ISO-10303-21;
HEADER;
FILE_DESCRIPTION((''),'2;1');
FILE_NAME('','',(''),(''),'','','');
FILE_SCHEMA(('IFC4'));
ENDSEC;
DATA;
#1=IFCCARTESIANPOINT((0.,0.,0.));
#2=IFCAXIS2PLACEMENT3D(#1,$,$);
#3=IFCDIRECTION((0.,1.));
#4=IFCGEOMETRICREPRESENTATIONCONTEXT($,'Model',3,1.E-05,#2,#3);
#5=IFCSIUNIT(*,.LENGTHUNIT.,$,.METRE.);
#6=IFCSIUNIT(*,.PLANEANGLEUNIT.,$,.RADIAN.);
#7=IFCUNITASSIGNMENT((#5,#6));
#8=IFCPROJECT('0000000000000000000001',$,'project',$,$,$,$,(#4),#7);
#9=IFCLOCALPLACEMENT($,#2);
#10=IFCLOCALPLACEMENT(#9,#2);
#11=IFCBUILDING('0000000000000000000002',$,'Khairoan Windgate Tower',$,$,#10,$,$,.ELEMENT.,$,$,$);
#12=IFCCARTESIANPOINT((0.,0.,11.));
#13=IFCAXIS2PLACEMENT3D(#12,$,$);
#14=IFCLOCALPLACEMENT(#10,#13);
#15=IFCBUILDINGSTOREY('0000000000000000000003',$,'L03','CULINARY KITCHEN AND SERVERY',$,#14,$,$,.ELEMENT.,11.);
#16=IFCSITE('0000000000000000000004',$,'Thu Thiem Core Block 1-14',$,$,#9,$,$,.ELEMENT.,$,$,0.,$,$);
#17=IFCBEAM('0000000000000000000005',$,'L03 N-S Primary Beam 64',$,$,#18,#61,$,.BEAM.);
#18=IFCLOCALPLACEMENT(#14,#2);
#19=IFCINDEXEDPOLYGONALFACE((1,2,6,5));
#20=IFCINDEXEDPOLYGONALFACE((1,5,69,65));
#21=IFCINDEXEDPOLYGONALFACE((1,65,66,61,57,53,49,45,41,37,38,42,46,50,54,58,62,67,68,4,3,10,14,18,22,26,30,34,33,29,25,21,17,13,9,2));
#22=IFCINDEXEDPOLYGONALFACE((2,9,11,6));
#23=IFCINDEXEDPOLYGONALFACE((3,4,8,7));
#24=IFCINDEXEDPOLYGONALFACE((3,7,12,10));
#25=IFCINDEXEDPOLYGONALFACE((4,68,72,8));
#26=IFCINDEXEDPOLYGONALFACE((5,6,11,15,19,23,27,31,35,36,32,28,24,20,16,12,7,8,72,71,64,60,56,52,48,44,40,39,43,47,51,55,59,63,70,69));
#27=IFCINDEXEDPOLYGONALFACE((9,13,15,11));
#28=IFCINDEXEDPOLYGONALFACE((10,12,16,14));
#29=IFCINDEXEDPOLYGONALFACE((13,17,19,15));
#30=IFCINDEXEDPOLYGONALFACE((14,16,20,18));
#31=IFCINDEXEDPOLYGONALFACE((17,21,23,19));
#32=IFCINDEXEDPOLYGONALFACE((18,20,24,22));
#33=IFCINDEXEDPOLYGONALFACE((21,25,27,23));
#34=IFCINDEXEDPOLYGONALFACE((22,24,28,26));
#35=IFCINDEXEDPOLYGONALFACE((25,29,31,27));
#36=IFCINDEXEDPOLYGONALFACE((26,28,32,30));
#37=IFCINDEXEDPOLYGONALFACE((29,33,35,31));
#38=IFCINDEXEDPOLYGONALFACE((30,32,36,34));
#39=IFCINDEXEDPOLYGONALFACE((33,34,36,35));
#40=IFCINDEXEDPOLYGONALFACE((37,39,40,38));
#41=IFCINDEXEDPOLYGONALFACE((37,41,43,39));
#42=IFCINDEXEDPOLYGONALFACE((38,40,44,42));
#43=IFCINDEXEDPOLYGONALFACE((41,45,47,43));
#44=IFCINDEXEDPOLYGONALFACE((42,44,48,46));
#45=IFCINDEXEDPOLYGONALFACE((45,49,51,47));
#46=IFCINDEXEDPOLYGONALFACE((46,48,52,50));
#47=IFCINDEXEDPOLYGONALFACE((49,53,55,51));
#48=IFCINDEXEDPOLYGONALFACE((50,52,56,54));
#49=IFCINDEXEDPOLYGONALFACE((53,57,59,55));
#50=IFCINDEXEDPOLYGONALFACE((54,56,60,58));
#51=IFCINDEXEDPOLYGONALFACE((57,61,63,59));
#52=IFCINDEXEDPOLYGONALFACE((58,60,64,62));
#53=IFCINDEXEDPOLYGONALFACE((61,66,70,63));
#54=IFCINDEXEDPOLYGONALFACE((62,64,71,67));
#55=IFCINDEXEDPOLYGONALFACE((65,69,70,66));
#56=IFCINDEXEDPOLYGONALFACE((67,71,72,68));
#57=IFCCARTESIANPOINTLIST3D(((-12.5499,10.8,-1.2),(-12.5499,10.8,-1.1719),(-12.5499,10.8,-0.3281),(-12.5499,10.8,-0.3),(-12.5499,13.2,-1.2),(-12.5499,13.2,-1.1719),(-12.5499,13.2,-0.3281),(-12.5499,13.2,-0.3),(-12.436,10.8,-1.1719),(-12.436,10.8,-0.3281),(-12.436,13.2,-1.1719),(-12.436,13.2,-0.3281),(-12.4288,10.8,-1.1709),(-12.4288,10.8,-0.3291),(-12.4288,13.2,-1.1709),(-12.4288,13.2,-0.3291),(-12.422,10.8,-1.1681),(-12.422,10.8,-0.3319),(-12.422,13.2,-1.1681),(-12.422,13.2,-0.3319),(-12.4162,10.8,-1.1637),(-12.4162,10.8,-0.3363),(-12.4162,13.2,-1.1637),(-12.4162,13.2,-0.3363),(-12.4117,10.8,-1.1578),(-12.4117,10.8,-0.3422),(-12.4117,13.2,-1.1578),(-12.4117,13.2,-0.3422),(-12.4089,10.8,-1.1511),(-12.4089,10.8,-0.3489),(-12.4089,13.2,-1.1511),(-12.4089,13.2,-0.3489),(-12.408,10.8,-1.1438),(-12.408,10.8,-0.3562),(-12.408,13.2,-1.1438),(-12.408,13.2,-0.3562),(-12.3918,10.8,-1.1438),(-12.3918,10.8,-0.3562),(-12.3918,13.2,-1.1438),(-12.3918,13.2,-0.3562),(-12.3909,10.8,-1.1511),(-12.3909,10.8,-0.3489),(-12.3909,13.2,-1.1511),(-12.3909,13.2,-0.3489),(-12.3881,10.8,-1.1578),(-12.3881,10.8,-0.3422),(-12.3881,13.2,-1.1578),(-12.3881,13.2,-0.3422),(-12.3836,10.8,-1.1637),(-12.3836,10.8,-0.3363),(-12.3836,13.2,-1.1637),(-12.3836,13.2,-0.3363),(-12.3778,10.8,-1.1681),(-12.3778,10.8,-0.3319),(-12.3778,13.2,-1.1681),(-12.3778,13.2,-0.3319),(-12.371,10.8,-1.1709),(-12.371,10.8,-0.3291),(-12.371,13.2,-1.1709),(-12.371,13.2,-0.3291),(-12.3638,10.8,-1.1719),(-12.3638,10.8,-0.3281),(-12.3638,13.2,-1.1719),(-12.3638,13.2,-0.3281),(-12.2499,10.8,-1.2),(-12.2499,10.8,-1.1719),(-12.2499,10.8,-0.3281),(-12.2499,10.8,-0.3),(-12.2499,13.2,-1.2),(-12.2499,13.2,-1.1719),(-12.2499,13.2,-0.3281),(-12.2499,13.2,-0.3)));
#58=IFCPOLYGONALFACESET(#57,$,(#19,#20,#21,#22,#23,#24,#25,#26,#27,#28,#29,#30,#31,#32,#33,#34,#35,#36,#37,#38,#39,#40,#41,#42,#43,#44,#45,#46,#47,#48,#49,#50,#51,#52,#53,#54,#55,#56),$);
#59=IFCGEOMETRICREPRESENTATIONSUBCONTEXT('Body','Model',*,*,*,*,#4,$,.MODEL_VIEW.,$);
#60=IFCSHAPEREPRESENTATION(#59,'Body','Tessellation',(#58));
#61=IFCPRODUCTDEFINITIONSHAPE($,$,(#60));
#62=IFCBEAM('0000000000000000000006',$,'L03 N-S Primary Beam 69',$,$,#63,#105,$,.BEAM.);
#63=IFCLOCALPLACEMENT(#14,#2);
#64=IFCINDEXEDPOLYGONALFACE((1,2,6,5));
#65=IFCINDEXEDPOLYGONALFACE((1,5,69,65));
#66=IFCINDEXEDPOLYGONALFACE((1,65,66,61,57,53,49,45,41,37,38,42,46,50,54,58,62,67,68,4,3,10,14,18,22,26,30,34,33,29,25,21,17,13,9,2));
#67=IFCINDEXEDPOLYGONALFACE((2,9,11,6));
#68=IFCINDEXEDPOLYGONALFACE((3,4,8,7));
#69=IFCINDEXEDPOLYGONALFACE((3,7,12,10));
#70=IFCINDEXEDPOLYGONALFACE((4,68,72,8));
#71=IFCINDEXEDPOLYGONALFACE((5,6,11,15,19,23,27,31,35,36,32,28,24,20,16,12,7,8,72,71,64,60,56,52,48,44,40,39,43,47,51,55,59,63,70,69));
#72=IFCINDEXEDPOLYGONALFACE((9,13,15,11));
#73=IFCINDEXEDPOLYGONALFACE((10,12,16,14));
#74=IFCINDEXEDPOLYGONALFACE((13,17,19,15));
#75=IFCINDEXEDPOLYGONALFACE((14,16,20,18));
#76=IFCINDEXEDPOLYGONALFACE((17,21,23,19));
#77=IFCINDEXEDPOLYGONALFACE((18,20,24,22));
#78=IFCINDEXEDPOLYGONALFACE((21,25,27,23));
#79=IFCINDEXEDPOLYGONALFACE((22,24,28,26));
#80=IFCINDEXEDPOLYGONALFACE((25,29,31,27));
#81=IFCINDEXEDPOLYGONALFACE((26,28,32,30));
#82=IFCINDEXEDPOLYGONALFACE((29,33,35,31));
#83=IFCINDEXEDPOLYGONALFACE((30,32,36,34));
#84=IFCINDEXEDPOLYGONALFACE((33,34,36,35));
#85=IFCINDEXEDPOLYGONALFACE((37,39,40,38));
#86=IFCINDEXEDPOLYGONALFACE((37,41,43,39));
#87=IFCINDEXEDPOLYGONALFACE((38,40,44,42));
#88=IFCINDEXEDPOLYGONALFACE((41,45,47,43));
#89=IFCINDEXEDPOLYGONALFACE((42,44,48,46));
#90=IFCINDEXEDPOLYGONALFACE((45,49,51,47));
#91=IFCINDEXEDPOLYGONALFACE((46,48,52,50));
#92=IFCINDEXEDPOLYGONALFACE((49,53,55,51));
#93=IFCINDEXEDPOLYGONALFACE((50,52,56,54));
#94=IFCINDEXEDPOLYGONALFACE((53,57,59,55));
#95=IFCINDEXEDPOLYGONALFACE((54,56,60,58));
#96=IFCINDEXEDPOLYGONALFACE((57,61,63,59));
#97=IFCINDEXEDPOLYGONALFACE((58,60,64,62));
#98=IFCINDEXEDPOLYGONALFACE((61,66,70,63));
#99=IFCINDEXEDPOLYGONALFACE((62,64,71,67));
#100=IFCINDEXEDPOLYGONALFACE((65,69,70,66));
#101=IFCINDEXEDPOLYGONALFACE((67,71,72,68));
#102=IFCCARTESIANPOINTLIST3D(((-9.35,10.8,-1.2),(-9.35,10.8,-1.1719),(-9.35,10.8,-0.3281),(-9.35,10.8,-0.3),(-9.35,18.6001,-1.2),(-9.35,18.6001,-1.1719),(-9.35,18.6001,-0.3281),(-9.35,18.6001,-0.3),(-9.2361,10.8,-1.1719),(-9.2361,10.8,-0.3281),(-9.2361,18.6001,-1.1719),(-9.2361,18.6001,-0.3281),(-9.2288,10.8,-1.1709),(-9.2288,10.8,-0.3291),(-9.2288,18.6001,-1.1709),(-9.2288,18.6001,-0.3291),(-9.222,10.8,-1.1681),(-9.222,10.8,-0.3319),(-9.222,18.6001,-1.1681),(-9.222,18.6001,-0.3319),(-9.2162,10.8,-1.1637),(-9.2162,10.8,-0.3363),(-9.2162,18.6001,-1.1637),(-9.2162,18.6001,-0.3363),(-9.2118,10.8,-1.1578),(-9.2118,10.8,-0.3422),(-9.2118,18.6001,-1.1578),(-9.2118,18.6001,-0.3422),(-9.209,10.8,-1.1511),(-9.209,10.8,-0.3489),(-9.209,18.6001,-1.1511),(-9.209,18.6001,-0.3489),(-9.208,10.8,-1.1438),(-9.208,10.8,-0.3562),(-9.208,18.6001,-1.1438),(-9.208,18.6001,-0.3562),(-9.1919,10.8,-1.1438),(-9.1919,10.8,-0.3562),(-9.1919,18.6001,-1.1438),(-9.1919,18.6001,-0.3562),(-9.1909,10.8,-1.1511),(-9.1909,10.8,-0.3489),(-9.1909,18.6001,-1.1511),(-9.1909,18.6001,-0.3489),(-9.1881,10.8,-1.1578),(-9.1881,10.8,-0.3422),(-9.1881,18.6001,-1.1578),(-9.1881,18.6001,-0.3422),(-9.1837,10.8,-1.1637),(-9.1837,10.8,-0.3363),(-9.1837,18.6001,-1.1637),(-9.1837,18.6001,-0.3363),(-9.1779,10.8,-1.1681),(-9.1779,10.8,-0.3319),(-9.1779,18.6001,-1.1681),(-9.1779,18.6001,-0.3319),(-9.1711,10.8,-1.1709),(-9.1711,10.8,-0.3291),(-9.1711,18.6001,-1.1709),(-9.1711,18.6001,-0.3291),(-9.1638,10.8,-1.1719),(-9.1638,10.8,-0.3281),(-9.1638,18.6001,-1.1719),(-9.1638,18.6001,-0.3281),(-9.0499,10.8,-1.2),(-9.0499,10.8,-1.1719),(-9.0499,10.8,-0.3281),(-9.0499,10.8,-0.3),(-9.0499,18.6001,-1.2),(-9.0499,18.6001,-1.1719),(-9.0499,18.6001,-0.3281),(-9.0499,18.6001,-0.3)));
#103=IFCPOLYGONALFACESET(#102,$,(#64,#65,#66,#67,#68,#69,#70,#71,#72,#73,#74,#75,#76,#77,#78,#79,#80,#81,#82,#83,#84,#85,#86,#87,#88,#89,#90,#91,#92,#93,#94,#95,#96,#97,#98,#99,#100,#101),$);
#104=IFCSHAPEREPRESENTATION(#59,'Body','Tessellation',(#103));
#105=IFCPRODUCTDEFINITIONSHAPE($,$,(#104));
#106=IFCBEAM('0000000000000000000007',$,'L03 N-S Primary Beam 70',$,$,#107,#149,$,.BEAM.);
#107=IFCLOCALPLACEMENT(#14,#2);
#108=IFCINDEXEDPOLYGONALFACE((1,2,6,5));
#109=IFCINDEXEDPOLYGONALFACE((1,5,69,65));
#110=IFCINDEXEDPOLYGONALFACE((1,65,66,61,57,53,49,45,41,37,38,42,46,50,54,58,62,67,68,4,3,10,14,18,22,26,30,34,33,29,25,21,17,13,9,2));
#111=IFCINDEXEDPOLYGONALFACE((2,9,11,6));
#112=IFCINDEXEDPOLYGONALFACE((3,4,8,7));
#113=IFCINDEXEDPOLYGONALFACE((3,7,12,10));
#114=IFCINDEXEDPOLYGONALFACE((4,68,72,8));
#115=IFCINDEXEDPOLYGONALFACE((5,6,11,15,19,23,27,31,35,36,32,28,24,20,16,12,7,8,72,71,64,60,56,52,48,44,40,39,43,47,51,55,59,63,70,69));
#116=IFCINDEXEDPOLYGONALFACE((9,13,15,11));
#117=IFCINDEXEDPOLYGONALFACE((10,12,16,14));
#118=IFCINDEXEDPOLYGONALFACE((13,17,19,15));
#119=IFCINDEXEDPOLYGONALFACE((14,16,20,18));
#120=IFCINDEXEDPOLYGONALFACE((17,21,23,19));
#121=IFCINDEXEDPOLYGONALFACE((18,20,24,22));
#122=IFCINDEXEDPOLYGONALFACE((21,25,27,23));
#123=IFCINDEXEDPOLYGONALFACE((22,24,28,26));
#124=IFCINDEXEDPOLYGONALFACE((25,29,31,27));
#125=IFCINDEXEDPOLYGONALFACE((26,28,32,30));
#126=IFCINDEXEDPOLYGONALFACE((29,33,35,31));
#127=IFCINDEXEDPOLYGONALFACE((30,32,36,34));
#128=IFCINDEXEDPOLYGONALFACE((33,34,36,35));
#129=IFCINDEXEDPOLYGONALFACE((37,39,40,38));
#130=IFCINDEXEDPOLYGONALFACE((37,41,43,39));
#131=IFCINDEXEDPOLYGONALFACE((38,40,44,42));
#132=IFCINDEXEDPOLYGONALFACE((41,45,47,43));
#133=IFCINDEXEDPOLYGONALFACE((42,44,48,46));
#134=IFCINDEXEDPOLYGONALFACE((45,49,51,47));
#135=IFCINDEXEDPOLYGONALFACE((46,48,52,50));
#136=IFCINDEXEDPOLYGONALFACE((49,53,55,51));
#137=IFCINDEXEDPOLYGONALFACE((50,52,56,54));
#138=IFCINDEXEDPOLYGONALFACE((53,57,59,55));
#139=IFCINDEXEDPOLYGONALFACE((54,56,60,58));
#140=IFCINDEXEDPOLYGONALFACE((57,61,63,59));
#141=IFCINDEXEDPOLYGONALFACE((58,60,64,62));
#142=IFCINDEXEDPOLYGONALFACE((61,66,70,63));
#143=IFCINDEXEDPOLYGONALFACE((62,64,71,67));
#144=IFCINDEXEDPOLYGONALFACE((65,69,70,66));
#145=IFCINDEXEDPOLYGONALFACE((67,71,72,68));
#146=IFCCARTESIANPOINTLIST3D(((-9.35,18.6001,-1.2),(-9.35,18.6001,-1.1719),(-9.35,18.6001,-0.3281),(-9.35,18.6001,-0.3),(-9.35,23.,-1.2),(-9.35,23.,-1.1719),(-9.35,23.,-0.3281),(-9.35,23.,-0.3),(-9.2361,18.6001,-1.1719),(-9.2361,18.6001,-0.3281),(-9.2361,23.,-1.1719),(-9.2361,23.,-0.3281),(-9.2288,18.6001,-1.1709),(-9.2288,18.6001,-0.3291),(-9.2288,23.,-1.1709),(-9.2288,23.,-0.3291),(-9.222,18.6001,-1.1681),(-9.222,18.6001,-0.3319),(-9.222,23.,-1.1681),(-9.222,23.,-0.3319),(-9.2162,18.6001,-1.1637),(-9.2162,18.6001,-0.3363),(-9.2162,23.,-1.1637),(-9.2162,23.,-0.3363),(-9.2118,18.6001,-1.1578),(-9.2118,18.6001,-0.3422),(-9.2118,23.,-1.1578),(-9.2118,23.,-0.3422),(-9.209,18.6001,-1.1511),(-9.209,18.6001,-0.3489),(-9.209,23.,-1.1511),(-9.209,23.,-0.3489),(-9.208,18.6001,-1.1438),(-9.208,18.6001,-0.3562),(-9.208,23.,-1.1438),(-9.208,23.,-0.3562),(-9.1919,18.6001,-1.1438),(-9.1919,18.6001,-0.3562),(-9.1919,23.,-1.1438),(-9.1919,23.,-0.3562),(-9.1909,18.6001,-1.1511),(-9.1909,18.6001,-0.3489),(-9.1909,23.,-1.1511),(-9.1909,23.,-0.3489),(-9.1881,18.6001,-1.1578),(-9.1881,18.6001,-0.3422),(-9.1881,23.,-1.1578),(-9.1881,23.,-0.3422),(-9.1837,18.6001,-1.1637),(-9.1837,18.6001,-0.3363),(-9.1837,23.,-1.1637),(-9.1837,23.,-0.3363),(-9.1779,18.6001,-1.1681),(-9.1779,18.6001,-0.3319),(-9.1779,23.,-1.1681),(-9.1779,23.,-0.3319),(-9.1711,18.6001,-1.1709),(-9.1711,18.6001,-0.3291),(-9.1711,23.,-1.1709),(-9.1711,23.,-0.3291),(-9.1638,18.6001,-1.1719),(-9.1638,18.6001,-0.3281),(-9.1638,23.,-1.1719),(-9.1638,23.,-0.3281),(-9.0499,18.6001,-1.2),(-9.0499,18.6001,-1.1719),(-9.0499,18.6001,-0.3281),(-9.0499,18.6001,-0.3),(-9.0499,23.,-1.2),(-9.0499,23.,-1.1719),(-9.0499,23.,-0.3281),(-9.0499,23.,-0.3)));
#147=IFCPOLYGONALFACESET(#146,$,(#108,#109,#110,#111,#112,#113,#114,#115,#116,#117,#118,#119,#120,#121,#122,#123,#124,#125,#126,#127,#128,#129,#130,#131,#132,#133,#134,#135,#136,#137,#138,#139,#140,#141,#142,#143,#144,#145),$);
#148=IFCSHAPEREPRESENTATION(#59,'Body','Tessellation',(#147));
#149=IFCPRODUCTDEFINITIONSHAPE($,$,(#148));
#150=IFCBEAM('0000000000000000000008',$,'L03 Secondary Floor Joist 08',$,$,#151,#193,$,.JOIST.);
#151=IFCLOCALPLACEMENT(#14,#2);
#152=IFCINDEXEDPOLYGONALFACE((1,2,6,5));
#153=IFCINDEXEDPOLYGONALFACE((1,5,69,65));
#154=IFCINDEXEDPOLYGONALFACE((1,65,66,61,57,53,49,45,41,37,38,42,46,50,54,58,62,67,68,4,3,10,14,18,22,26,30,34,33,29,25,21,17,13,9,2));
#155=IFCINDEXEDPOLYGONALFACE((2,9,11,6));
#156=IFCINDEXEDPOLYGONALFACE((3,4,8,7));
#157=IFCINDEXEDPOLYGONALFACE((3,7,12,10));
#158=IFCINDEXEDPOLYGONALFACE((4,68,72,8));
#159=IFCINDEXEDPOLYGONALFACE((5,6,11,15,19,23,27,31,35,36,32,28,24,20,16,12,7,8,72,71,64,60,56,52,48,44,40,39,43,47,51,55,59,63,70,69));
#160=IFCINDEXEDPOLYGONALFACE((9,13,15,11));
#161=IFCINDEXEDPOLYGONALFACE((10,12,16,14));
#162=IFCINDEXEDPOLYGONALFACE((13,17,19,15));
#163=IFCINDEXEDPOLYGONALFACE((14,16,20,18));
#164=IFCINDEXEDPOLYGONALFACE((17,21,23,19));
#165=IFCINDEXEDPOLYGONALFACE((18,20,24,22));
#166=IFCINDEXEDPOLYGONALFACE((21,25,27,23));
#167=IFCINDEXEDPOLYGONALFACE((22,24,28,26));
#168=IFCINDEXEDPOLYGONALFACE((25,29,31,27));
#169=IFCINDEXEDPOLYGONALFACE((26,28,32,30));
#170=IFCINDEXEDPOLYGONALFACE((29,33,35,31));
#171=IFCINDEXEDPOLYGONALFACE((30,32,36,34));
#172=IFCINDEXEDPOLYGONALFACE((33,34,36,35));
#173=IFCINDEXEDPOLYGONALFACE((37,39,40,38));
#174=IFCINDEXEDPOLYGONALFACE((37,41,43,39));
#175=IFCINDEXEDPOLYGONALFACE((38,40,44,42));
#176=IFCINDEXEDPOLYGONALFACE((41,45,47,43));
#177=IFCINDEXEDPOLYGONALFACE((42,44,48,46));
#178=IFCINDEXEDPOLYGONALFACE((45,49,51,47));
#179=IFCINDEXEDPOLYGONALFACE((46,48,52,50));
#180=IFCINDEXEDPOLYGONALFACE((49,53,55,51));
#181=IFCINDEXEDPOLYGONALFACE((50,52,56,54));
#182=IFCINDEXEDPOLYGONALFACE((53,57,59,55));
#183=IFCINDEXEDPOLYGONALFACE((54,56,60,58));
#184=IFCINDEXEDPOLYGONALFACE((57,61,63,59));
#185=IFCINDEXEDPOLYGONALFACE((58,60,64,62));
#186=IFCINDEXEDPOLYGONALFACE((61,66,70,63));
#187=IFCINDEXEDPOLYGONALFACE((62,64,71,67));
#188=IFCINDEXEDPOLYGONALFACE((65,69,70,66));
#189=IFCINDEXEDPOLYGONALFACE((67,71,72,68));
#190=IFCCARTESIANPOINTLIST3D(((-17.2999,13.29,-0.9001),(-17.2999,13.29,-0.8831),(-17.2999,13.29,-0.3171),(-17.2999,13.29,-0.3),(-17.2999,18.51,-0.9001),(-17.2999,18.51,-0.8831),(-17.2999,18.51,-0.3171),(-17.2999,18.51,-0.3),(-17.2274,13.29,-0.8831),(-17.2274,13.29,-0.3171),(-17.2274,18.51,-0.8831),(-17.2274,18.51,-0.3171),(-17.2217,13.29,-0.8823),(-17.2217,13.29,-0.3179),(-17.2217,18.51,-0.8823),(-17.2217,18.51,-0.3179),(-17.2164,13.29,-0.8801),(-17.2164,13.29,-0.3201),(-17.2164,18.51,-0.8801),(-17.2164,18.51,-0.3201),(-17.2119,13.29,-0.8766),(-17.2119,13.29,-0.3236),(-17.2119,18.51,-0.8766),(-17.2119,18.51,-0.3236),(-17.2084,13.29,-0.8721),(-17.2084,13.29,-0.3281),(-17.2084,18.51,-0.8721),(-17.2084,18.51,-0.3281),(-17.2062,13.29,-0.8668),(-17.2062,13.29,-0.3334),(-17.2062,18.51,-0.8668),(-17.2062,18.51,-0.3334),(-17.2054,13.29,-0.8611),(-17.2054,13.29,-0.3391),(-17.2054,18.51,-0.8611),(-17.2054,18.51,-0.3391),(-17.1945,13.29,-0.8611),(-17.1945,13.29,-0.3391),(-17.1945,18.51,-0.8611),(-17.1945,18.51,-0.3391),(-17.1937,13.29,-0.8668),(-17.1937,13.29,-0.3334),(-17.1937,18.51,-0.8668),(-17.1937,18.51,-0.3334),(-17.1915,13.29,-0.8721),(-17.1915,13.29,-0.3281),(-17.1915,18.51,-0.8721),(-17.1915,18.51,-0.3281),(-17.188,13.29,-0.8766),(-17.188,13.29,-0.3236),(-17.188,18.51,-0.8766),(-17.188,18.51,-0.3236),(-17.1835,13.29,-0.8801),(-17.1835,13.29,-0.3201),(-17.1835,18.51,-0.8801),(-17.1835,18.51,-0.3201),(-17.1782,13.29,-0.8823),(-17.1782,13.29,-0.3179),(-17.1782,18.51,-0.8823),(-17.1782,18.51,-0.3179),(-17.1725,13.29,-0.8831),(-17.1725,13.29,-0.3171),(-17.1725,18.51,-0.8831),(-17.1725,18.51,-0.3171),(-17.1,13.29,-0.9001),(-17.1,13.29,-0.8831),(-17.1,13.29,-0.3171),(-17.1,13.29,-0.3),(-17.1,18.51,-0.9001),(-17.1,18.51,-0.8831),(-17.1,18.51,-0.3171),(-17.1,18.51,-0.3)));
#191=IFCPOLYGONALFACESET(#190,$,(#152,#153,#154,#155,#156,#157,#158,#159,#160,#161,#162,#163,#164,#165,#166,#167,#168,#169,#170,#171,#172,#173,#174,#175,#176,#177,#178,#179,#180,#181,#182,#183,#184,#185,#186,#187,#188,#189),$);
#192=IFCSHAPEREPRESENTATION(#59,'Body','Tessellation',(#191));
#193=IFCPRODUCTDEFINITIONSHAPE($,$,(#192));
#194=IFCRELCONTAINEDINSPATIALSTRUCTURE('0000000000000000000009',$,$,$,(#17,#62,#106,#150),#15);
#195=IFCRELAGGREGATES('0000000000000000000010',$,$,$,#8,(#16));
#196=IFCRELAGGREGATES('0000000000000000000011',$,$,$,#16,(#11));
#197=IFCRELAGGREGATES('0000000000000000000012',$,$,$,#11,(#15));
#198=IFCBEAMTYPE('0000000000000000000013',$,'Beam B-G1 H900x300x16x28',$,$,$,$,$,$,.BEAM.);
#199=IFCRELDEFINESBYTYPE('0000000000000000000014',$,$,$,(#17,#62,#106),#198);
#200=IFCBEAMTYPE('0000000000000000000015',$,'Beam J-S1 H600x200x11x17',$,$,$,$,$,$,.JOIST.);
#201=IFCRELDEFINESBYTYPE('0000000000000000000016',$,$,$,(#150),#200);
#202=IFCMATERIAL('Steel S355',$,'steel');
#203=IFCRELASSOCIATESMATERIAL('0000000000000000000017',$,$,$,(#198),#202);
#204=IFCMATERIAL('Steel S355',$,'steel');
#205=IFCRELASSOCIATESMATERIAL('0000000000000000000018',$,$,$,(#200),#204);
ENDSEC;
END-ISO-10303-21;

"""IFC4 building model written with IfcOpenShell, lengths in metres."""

from ifc_helpers import new_model, si_unit, direction, frame, origin, origin_2d, place, context, subcontext, project, spatial, i_section, extrude, material, material_profile, profile_set, type_object, element, save


model = new_model("IFC4")

# Units and contexts
model_context = context("Model", 3, precision=1e-05, world=origin(), true_north=direction((0.0, 1.0)))
body_context = subcontext(model_context, "Body", "Model", "MODEL_VIEW")
ifc_project = project(units=[si_unit("LENGTHUNIT", "METRE"), si_unit("PLANEANGLEUNIT", "RADIAN")], contexts=[model_context])

# Site, building, storey
site_placement = place(None, origin())
site = spatial("IfcSite", under=ifc_project, at=site_placement, Name="Thu Thiem Core Block 1-14", CompositionType="ELEMENT", RefElevation=0.0)
building_placement = place(site_placement, origin())
building = spatial("IfcBuilding", under=site, at=building_placement, Name="Khairoan Windgate Tower", CompositionType="ELEMENT")
storey_placement = place(building_placement, frame((0.0, 0.0, 11.0)))
storey = spatial("IfcBuildingStorey", under=building, at=storey_placement, Name="L03", Description="CULINARY KITCHEN AND SERVERY", CompositionType="ELEMENT", Elevation=11.0)

# Beams
ifc_material_1 = material(Name="Steel S355", Category="steel")
ifc_material_profile_1 = material_profile(ifc_material_1, i_section(OverallWidth=0.3, OverallDepth=0.8999, WebThickness=0.0161, FlangeThickness=0.0281, FilletRadius=0.0281, at=origin_2d()))
ifc_profile_set_1 = profile_set([ifc_material_profile_1], Name="Steel S355")
beam_type_1 = type_object("IfcBeamType", Name="Beam B-G1 H900x300x16x28", PredefinedType="BEAM", material=ifc_profile_set_1)
beam_1_placement = place(storey_placement, frame((-12.3999, 10.8, -0.75), z_axis=(0.0, 1.0, 0.0), x_axis=(-1.0, 0.0, 0.0)))
element("IfcBeam", 1, at=beam_1_placement, inside=storey, type_object=beam_type_1, Name="L03 N-S Primary Beam 64", PredefinedType="BEAM", context=body_context, shape_type="SweptSolid", body=[
    extrude(i_section(OverallWidth=0.3, OverallDepth=0.8999, WebThickness=0.0161, FlangeThickness=0.0281, FilletRadius=0.0281, at=origin_2d()), origin(), (0.0, 0.0, 1.0), 2.3999),
])
beam_2_placement = place(storey_placement, frame((-9.2, 10.8, -0.75), z_axis=(0.0, 1.0, 0.0), x_axis=(-1.0, 0.0, 0.0)))
element("IfcBeam", 2, at=beam_2_placement, inside=storey, type_object=beam_type_1, Name="L03 N-S Primary Beam 69", PredefinedType="BEAM", context=body_context, shape_type="SweptSolid", body=[
    extrude(i_section(OverallWidth=0.3, OverallDepth=0.8999, WebThickness=0.0161, FlangeThickness=0.0281, FilletRadius=0.0281, at=origin_2d()), origin(), (0.0, 0.0, 1.0), 7.8),
])
beam_3_placement = place(storey_placement, frame((-9.2, 18.6001, -0.75), z_axis=(0.0, 1.0, 0.0), x_axis=(-1.0, 0.0, 0.0)))
element("IfcBeam", 3, at=beam_3_placement, inside=storey, type_object=beam_type_1, Name="L03 N-S Primary Beam 70", PredefinedType="BEAM", context=body_context, shape_type="SweptSolid", body=[
    extrude(i_section(OverallWidth=0.3, OverallDepth=0.8999, WebThickness=0.0161, FlangeThickness=0.0281, FilletRadius=0.0281, at=origin_2d()), origin(), (0.0, 0.0, 1.0), 4.3999),
])
ifc_material_2 = material(Name="Steel S355", Category="steel")
ifc_material_profile_2 = material_profile(ifc_material_2, i_section(OverallWidth=0.2, OverallDepth=0.6001, WebThickness=0.011, FlangeThickness=0.0171, FilletRadius=0.022, at=origin_2d()))
ifc_profile_set_2 = profile_set([ifc_material_profile_2], Name="Steel S355")
beam_type_2 = type_object("IfcBeamType", Name="Beam J-S1 H600x200x11x17", PredefinedType="JOIST", material=ifc_profile_set_2)
beam_4_placement = place(storey_placement, frame((-17.2, 13.29, -0.6001), z_axis=(0.0, 1.0, 0.0), x_axis=(-1.0, 0.0, 0.0)))
element("IfcBeam", 4, at=beam_4_placement, inside=storey, type_object=beam_type_2, Name="L03 Secondary Floor Joist 08", PredefinedType="JOIST", context=body_context, shape_type="SweptSolid", body=[
    extrude(i_section(OverallWidth=0.2, OverallDepth=0.6001, WebThickness=0.011, FlangeThickness=0.0171, FilletRadius=0.022, at=origin_2d()), origin(), (0.0, 0.0, 1.0), 5.22),
])

save(model, "model.ifc")
